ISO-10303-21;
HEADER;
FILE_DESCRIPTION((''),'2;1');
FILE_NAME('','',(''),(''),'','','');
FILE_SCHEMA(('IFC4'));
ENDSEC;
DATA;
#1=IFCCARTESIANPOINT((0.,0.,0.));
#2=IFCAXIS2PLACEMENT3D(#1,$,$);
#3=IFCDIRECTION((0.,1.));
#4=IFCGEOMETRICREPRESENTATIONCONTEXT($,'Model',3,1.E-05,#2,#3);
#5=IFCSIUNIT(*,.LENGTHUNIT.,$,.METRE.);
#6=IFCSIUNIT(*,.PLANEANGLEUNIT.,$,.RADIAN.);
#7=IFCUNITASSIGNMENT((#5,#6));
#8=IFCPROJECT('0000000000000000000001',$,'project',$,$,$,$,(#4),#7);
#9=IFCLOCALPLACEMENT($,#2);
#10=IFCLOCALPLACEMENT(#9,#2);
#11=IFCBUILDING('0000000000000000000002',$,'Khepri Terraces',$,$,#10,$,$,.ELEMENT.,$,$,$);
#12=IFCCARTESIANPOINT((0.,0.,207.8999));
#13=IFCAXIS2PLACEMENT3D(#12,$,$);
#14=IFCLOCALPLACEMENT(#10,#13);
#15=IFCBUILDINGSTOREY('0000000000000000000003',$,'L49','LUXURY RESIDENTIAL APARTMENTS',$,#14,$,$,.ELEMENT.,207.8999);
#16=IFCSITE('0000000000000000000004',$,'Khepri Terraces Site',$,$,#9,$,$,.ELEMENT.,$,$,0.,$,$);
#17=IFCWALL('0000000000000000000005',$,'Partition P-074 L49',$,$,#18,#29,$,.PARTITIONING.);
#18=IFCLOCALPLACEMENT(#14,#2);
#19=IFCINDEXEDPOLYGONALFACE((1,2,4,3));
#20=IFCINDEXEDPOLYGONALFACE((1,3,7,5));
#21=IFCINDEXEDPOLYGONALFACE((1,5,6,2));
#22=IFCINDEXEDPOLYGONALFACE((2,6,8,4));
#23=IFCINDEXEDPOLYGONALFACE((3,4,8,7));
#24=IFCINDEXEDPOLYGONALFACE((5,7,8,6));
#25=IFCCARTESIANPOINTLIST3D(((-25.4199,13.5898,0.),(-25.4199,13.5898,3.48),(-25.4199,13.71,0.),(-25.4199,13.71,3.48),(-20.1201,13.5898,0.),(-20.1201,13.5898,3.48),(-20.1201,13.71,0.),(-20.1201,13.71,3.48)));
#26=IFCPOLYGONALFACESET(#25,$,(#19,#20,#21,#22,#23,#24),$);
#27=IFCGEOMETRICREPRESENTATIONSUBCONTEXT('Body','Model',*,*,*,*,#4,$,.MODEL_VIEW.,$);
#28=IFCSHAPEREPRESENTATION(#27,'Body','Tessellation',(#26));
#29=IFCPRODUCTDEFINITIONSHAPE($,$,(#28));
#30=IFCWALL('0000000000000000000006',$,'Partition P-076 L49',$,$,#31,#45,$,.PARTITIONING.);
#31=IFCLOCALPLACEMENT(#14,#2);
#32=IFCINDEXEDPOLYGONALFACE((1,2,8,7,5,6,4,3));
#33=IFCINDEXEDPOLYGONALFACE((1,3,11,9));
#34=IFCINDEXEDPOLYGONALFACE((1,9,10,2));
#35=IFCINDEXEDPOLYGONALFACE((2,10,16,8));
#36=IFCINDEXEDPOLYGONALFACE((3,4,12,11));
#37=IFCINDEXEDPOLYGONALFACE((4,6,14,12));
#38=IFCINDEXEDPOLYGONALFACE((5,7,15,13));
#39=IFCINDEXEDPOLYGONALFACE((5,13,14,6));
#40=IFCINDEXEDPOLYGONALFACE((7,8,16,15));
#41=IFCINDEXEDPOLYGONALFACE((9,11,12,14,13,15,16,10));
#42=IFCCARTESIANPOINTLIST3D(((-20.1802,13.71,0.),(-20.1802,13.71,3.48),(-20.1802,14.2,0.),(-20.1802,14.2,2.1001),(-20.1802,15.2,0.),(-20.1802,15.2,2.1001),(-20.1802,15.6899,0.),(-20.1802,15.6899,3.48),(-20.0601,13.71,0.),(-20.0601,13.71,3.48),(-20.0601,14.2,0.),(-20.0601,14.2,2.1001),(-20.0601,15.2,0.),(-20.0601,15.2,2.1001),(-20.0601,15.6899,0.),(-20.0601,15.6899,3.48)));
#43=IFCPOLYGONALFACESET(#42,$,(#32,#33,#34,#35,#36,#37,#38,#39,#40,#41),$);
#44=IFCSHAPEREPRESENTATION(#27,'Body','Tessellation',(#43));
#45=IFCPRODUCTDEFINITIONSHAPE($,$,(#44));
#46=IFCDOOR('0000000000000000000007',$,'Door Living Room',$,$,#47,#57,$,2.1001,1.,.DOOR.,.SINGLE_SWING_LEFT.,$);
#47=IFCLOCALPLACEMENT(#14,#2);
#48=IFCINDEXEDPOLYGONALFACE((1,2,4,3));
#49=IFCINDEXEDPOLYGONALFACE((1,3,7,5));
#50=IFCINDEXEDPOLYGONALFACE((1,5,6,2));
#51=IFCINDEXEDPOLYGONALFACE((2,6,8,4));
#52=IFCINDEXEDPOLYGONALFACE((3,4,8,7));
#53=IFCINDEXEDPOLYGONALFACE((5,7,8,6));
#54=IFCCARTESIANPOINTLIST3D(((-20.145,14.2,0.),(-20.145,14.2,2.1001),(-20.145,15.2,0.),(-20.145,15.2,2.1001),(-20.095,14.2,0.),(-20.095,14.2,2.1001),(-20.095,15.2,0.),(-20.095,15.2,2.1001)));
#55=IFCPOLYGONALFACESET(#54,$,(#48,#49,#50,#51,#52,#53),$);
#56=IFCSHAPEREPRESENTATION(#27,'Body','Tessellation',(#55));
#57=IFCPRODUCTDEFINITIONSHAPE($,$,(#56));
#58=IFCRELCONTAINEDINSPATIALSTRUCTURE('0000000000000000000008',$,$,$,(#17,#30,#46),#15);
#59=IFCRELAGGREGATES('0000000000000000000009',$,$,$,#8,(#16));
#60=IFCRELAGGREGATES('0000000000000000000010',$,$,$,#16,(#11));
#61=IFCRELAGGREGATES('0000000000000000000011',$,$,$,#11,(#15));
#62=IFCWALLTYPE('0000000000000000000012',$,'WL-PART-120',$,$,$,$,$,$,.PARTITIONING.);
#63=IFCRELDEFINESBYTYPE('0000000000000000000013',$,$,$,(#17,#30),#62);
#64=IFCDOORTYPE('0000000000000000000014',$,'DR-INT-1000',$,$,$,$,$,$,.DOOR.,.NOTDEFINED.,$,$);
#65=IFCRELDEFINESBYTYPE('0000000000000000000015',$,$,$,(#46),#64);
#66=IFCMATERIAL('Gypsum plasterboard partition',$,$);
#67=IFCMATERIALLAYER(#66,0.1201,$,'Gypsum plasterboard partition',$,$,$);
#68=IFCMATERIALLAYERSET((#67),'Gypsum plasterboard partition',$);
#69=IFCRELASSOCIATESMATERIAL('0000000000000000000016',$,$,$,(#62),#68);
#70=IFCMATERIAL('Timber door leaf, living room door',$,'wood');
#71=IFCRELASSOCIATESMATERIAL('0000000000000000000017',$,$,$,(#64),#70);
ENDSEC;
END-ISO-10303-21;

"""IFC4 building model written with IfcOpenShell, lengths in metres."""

from ifc_helpers import new_model, si_unit, direction, frame, frame_2d, origin, place, context, subcontext, project, spatial, rectangle, extrude, material, layer, layer_set, type_object, element, fill, save


model = new_model("IFC4")

# Units and contexts
model_context = context("Model", 3, precision=1e-05, world=origin(), true_north=direction((0.0, 1.0)))
body_context = subcontext(model_context, "Body", "Model", "MODEL_VIEW")
ifc_project = project(units=[si_unit("LENGTHUNIT", "METRE"), si_unit("PLANEANGLEUNIT", "RADIAN")], contexts=[model_context])

# Site, building, storey
site_placement = place(None, origin())
site = spatial("IfcSite", under=ifc_project, at=site_placement, Name="Khepri Terraces Site", CompositionType="ELEMENT", RefElevation=0.0)
building_placement = place(site_placement, origin())
building = spatial("IfcBuilding", under=site, at=building_placement, Name="Khepri Terraces", CompositionType="ELEMENT")
storey_placement = place(building_placement, frame((0.0, 0.0, 207.8999)))
storey = spatial("IfcBuildingStorey", under=building, at=storey_placement, Name="L49", Description="LUXURY RESIDENTIAL APARTMENTS", CompositionType="ELEMENT", Elevation=207.8999)

# Shared definitions
ifc_material_1 = material(Name="Gypsum plasterboard partition")
ifc_layer_1 = layer(ifc_material_1, 0.1201, Name="Gypsum plasterboard partition")
ifc_layer_set_1 = layer_set([ifc_layer_1], Name="Gypsum plasterboard partition")
wall_type_1 = type_object("IfcWallType", Name="WL-PART-120", PredefinedType="PARTITIONING", material=ifc_layer_set_1)

# Wall
wall_1_placement = place(storey_placement, frame((-25.4199, 13.6499, 0.0), z_axis=(0.0, 0.0, 1.0), x_axis=(1.0, 0.0, 0.0)))
element("IfcWall", 1, at=wall_1_placement, inside=storey, type_object=wall_type_1, Name="Partition P-074 L49", PredefinedType="PARTITIONING", context=body_context, shape_type="SweptSolid", body=[
    extrude(rectangle(XDim=5.2998, YDim=0.1201, at=frame_2d((2.6499, 0.0))), origin(), (0.0, 0.0, 1.0), 3.48),
])

# Wall, opening, door
wall_2_placement = place(storey_placement, frame((-20.1201, 13.71, 0.0), z_axis=(0.0, 0.0, 1.0), x_axis=(0.0, 1.0, 0.0)))
wall_2 = element("IfcWall", 2, at=wall_2_placement, inside=storey, type_object=wall_type_1, Name="Partition P-076 L49", PredefinedType="PARTITIONING", context=body_context, shape_type="SweptSolid", body=[
    extrude(rectangle(XDim=1.98, YDim=0.1201, at=frame_2d((0.99, 0.0))), origin(), (0.0, 0.0, 1.0), 3.48),
])
opening_1_placement = place(wall_2_placement, frame((0.49, 0.0, 0.0)))
opening_1 = element("IfcOpeningElement", 3, at=opening_1_placement, cuts=wall_2, PredefinedType="OPENING", context=body_context, shape_type="SweptSolid", body=[
    extrude(rectangle(XDim=1.0, YDim=2.1001, at=frame_2d((0.5, 1.05))), frame((0.0, 0.0701, 0.0), z_axis=(0.0, -1.0, 0.0), x_axis=(1.0, 0.0, 0.0)), (0.0, 0.0, 1.0), 0.1401),
])
ifc_material_2 = material(Name="Timber door leaf, living room door", Category="wood")
door_type_1 = type_object("IfcDoorType", Name="DR-INT-1000", OperationType="NOTDEFINED", PredefinedType="DOOR", material=ifc_material_2)
door_1_placement = place(opening_1_placement, origin())
door_1 = element("IfcDoor", 4, at=door_1_placement, inside=storey, type_object=door_type_1, Name="Door Living Room", OperationType="SINGLE_SWING_LEFT", OverallHeight=2.1001, OverallWidth=1.0, PredefinedType="DOOR", context=body_context, shape_type="SweptSolid", body=[
    extrude(rectangle(XDim=1.0, YDim=2.1001, at=frame_2d((0.5, 1.05))), frame((0.0, 0.0249, 0.0), z_axis=(0.0, -1.0, 0.0), x_axis=(1.0, 0.0, 0.0)), (0.0, 0.0, 1.0), 0.05),
])
fill(opening_1, door_1)

save(model, "model.ifc")
